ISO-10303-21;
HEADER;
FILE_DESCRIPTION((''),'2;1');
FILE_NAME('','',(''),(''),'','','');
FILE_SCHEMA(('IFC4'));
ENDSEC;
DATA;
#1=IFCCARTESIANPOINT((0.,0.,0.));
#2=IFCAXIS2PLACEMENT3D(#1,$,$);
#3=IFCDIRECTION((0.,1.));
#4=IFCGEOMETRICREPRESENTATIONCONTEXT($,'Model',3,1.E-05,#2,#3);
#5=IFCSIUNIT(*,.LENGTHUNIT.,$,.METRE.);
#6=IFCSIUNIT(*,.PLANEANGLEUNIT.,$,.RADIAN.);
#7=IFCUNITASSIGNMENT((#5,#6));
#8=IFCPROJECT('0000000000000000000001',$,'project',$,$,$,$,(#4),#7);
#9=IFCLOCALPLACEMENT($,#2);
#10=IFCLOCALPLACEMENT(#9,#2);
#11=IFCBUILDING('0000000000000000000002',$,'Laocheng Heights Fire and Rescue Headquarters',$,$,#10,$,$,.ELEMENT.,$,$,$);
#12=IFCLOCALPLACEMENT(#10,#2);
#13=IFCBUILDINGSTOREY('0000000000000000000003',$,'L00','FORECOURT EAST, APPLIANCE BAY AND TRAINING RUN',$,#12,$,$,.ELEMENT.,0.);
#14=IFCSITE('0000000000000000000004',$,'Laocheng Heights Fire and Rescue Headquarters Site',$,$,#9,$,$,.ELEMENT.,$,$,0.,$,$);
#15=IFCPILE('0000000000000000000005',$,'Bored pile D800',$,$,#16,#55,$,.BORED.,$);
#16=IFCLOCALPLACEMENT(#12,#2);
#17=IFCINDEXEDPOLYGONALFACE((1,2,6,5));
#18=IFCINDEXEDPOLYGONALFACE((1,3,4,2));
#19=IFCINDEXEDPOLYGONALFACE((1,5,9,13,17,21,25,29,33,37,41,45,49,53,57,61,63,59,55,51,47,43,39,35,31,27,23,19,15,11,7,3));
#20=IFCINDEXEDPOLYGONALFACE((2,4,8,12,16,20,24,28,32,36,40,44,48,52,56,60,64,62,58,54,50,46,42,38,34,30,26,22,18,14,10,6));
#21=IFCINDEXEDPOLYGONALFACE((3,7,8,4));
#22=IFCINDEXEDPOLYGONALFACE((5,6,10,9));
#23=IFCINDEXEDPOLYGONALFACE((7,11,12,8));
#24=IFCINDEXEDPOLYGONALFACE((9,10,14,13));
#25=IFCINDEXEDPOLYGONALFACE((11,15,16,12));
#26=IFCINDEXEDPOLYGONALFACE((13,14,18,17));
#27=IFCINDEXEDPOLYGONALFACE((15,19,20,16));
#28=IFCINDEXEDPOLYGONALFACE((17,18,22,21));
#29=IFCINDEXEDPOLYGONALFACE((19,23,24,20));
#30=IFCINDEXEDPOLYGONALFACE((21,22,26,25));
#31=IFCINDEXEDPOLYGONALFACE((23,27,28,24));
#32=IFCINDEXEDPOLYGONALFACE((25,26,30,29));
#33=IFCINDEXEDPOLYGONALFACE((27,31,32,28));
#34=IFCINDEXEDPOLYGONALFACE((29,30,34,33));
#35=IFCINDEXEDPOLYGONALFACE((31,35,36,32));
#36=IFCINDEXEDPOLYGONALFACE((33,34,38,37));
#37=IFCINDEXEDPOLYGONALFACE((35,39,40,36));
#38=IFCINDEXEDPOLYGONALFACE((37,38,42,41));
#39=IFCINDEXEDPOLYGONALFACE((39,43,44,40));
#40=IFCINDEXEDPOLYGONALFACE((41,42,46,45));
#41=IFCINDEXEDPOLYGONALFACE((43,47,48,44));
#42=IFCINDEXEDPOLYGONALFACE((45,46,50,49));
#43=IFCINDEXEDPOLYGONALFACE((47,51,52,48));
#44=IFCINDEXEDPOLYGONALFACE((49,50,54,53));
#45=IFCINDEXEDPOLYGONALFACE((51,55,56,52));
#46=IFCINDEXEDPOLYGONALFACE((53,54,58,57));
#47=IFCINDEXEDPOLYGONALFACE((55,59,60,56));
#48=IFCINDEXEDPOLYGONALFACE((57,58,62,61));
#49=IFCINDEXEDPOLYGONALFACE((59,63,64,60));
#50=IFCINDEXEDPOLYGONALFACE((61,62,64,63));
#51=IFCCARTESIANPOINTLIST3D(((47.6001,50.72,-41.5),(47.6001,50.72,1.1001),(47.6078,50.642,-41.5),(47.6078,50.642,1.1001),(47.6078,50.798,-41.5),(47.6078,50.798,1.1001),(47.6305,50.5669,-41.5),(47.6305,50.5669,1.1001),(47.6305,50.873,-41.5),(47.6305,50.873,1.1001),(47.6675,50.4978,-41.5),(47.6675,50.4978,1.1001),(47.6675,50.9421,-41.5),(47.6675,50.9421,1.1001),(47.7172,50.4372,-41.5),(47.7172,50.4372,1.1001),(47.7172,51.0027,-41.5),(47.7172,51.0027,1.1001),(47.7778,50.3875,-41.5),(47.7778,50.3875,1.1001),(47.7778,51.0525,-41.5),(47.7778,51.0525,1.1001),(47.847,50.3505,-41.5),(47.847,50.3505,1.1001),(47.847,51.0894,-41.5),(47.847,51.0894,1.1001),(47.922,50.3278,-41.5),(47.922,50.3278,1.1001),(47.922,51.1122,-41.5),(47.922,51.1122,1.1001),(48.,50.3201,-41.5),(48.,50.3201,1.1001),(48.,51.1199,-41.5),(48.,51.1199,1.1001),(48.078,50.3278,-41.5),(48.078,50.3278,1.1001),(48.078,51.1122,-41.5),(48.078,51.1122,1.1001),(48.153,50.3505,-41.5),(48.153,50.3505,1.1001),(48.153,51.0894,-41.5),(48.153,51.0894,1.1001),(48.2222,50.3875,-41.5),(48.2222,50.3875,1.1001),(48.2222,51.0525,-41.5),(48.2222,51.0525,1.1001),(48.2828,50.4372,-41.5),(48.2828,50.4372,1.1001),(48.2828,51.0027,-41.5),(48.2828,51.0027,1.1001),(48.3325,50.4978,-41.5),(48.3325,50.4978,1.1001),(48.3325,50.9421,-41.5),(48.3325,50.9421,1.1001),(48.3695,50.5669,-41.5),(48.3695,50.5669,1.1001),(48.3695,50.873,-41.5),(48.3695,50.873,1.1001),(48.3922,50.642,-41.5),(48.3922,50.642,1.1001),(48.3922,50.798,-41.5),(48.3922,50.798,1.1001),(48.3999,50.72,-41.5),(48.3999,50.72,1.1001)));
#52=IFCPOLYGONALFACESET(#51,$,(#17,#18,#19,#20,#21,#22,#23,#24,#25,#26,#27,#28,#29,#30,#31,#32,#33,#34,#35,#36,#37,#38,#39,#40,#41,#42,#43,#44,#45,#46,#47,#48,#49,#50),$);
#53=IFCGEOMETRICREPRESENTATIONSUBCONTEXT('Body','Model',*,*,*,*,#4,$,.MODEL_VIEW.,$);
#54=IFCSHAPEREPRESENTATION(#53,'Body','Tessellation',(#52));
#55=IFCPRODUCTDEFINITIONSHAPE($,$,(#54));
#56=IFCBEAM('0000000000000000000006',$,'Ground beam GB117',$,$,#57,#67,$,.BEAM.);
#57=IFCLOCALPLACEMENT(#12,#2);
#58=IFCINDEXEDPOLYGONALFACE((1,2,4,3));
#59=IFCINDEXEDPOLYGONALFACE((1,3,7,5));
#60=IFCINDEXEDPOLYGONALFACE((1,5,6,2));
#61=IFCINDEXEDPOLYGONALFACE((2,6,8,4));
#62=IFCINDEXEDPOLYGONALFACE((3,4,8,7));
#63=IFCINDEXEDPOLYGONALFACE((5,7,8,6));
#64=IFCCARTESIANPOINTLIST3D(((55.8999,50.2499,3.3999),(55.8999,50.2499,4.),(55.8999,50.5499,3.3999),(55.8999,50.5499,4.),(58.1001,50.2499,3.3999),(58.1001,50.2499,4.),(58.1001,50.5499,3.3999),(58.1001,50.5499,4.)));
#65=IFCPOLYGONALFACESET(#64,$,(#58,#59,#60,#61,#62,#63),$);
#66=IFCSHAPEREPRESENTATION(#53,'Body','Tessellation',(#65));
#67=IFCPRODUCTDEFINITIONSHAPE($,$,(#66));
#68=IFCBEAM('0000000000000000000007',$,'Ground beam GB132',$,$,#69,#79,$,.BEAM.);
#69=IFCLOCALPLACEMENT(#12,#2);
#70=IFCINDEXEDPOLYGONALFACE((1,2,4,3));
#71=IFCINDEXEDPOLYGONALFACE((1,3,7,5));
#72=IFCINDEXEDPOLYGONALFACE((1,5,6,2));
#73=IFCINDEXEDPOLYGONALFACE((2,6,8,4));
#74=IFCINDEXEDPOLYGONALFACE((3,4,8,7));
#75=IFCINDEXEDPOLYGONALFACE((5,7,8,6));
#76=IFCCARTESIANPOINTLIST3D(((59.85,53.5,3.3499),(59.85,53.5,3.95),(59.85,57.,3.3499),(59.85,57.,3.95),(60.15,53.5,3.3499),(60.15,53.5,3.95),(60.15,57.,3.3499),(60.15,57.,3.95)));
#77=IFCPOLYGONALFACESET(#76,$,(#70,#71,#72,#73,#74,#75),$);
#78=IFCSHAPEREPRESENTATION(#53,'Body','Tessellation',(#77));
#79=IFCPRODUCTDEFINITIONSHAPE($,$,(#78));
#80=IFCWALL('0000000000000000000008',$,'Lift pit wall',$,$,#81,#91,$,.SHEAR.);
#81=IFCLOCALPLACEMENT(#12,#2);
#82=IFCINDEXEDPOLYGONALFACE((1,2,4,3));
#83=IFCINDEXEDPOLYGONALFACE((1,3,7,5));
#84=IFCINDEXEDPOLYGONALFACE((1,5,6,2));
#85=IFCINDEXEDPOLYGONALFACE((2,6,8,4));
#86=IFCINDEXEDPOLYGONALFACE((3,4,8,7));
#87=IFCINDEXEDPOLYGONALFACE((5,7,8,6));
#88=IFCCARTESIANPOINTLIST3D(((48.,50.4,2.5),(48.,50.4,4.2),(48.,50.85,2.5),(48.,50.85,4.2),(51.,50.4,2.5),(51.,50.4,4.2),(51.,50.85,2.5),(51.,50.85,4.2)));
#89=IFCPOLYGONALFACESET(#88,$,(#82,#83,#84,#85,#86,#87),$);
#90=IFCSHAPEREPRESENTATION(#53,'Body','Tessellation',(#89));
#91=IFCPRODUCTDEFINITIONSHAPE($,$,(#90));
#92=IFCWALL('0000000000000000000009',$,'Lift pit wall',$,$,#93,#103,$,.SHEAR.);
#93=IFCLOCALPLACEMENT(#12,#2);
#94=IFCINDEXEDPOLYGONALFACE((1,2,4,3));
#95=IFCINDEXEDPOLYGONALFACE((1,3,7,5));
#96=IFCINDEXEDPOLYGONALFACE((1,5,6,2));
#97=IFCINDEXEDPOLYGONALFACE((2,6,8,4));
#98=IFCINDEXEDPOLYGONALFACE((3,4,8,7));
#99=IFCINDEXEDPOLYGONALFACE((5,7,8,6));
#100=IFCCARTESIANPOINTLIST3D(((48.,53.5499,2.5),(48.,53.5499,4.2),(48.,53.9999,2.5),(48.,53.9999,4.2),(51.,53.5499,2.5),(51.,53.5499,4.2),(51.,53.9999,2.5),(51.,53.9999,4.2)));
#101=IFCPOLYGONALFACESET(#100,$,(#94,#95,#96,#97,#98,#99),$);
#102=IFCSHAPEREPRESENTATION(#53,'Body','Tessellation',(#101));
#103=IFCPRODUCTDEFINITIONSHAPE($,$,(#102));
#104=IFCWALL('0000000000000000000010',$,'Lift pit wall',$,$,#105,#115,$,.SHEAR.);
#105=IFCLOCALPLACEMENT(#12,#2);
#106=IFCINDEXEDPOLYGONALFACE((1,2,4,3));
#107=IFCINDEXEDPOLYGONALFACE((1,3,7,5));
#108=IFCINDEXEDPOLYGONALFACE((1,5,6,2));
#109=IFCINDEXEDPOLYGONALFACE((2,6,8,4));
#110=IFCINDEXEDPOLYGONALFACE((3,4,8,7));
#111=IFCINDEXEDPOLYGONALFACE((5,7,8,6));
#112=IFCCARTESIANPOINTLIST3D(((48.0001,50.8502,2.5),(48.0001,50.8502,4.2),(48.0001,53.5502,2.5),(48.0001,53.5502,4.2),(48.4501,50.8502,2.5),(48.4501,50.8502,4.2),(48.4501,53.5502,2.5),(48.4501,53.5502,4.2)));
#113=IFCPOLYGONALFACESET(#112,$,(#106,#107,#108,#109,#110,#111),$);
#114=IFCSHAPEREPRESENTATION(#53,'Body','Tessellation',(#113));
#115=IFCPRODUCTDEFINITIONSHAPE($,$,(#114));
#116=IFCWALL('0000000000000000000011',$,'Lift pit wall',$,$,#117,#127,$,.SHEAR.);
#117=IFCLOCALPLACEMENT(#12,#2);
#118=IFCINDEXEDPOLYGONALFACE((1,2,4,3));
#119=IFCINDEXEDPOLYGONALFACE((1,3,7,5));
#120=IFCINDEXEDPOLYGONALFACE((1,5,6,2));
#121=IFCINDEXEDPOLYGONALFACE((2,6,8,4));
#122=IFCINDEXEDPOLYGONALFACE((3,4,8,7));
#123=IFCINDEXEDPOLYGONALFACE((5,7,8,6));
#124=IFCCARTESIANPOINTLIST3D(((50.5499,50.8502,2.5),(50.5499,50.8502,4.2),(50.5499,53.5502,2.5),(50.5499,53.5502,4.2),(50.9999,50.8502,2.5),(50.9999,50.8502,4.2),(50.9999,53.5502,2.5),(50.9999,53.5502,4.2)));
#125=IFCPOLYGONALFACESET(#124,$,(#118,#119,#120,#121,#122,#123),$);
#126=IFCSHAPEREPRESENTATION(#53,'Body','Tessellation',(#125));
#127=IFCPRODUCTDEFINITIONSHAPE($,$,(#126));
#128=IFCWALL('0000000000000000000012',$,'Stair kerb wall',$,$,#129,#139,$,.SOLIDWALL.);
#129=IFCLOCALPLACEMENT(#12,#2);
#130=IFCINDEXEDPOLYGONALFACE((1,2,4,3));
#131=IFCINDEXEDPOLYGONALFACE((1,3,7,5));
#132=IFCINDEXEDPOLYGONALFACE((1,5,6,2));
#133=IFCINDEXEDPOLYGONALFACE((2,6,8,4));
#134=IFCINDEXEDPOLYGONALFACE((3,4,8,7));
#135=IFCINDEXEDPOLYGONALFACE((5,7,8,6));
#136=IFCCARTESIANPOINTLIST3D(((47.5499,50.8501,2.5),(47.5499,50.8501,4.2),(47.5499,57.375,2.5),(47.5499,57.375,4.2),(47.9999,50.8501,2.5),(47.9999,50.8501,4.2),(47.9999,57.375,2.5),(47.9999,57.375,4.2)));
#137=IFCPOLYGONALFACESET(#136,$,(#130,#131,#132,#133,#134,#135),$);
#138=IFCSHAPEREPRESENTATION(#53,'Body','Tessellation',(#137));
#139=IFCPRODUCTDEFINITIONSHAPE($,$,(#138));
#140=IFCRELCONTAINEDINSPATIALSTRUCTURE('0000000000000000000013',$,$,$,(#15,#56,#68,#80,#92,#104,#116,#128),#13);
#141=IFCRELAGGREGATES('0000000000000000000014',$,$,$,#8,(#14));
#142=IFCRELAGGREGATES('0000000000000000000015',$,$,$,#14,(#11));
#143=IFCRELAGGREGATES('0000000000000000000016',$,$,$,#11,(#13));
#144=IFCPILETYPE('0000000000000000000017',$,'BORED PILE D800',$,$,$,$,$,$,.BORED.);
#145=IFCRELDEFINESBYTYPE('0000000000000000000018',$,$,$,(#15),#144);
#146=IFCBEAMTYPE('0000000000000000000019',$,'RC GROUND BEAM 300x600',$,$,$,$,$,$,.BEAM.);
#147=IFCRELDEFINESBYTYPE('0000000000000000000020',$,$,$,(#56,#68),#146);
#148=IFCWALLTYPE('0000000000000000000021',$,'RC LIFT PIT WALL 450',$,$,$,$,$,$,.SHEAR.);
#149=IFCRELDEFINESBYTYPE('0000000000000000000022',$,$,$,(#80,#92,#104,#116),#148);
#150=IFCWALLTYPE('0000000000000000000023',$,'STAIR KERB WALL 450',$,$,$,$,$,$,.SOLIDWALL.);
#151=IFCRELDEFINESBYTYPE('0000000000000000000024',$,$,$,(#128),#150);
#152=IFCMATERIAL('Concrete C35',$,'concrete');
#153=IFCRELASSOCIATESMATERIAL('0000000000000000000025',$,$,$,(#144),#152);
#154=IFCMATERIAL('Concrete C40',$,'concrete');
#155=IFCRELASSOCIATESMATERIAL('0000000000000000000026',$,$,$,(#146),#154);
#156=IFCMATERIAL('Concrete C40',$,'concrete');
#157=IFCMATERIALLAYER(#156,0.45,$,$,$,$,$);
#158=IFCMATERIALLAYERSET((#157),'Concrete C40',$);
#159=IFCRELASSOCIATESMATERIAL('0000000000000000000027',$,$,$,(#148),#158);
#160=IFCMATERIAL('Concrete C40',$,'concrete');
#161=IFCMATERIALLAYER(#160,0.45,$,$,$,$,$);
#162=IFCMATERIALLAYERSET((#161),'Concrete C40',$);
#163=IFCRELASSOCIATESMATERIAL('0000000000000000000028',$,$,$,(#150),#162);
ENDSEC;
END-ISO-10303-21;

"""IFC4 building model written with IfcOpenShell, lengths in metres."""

from ifc_helpers import new_model, si_unit, direction, frame, frame_2d, origin, origin_2d, place, context, subcontext, project, spatial, rectangle, circle, extrude, material, layer, layer_set, material_profile, profile_set, type_object, element, save


model = new_model("IFC4")

# Units and contexts
model_context = context("Model", 3, precision=1e-05, world=origin(), true_north=direction((0.0, 1.0)))
body_context = subcontext(model_context, "Body", "Model", "MODEL_VIEW")
ifc_project = project(units=[si_unit("LENGTHUNIT", "METRE"), si_unit("PLANEANGLEUNIT", "RADIAN")], contexts=[model_context])

# Site, building, storey
site_placement = place(None, origin())
site = spatial("IfcSite", under=ifc_project, at=site_placement, Name="Laocheng Heights Fire and Rescue Headquarters Site", CompositionType="ELEMENT", RefElevation=0.0)
building_placement = place(site_placement, origin())
building = spatial("IfcBuilding", under=site, at=building_placement, Name="Laocheng Heights Fire and Rescue Headquarters", CompositionType="ELEMENT")
storey_placement = place(building_placement, origin())
storey = spatial("IfcBuildingStorey", under=building, at=storey_placement, Name="L00", Description="FORECOURT EAST, APPLIANCE BAY AND TRAINING RUN", CompositionType="ELEMENT", Elevation=0.0)

# Pile
ifc_material_1 = material(Name="Concrete C35", Category="concrete")
ifc_material_profile_1 = material_profile(ifc_material_1, circle(Radius=0.3999, at=origin_2d()), Name="BORED PILE D800")
ifc_profile_set_1 = profile_set([ifc_material_profile_1], Name="Concrete C35")
pile_type = type_object("IfcPileType", Name="BORED PILE D800", PredefinedType="BORED", material=ifc_profile_set_1)
for number, where, z_axis, x_axis, name in (
    (1, (48.0, 50.72, 1.1001), (0.0, 0.0, -1.0), (1.0, 0.0, 0.0), "Bored pile D800"),
):
    element("IfcPile", number, at=place(storey_placement, frame(where, z_axis=z_axis, x_axis=x_axis)), inside=storey, type_object=pile_type, Name=name, PredefinedType="BORED", context=body_context, shape_type="SweptSolid", body=[
        extrude(circle(Radius=0.3999, at=origin_2d()), origin(), (0.0, 0.0, 1.0), 42.6001),
    ])

# Beams
ifc_material_2 = material(Name="Concrete C40", Category="concrete")
ifc_material_profile_2 = material_profile(ifc_material_2, rectangle(XDim=0.3, YDim=0.6001, at=origin_2d()), Name="RC GROUND BEAM 300x600")
ifc_profile_set_2 = profile_set([ifc_material_profile_2], Name="Concrete C40")
beam_type = type_object("IfcBeamType", Name="RC GROUND BEAM 300x600", PredefinedType="BEAM", material=ifc_profile_set_2)
beam_1_placement = place(storey_placement, frame((55.8999, 50.3999, 3.7), z_axis=(1.0, 0.0, 0.0), x_axis=(0.0, 1.0, 0.0)))
element("IfcBeam", 2, at=beam_1_placement, inside=storey, type_object=beam_type, Name="Ground beam GB117", PredefinedType="BEAM", context=body_context, shape_type="SweptSolid", body=[
    extrude(rectangle(XDim=0.3, YDim=0.6001, at=origin_2d()), origin(), (0.0, 0.0, 1.0), 2.2002),
])
beam_2_placement = place(storey_placement, frame((60.0, 53.5, 3.6499), z_axis=(0.0, 1.0, 0.0), x_axis=(-1.0, 0.0, 0.0)))
element("IfcBeam", 3, at=beam_2_placement, inside=storey, type_object=beam_type, Name="Ground beam GB132", PredefinedType="BEAM", context=body_context, shape_type="SweptSolid", body=[
    extrude(rectangle(XDim=0.3, YDim=0.6001, at=origin_2d()), origin(), (0.0, 0.0, 1.0), 3.5),
])

# Walls
ifc_material_3 = material(Name="Concrete C40", Category="concrete")
ifc_layer_1 = layer(ifc_material_3, 0.45)
ifc_layer_set_1 = layer_set([ifc_layer_1], Name="Concrete C40")
wall_type_1 = type_object("IfcWallType", Name="RC LIFT PIT WALL 450", PredefinedType="SHEAR", material=ifc_layer_set_1)
for number, where, z_axis, x_axis, name in (
    (4, (48.0, 50.625, 2.5), (0.0, 0.0, 1.0), (1.0, 0.0, 0.0), "Lift pit wall"),
    (5, (48.0, 53.7749, 2.5), (0.0, 0.0, 1.0), (1.0, 0.0, 0.0), "Lift pit wall"),
):
    element("IfcWall", number, at=place(storey_placement, frame(where, z_axis=z_axis, x_axis=x_axis)), inside=storey, type_object=wall_type_1, Name=name, PredefinedType="SHEAR", context=body_context, shape_type="SweptSolid", body=[
        extrude(rectangle(XDim=3.0, YDim=0.45, at=frame_2d((1.5, 0.0))), origin(), (0.0, 0.0, 1.0), 1.7),
    ])
for number, where, z_axis, x_axis, name in (
    (6, (48.2251, 50.8501, 2.5), (0.0, 0.0, 1.0), (0.0, 1.0, 0.0), "Lift pit wall"),
    (7, (50.7749, 50.8501, 2.5), (0.0, 0.0, 1.0), (0.0, 1.0, 0.0), "Lift pit wall"),
):
    element("IfcWall", number, at=place(storey_placement, frame(where, z_axis=z_axis, x_axis=x_axis)), inside=storey, type_object=wall_type_1, Name=name, PredefinedType="SHEAR", context=body_context, shape_type="SweptSolid", body=[
        extrude(rectangle(XDim=2.7, YDim=0.45, at=frame_2d((1.3501, 0.0))), origin(), (0.0, 0.0, 1.0), 1.7),
    ])
ifc_material_4 = material(Name="Concrete C40", Category="concrete")
ifc_layer_2 = layer(ifc_material_4, 0.45)
ifc_layer_set_2 = layer_set([ifc_layer_2], Name="Concrete C40")
wall_type_2 = type_object("IfcWallType", Name="STAIR KERB WALL 450", PredefinedType="SOLIDWALL", material=ifc_layer_set_2)
wall_placement = place(storey_placement, frame((47.7749, 50.8501, 2.5), z_axis=(0.0, 0.0, 1.0), x_axis=(0.0, 1.0, 0.0)))
element("IfcWall", 8, at=wall_placement, inside=storey, type_object=wall_type_2, Name="Stair kerb wall", PredefinedType="SOLIDWALL", context=body_context, shape_type="SweptSolid", body=[
    extrude(rectangle(XDim=6.5249, YDim=0.45, at=frame_2d((3.2625, 0.0))), origin(), (0.0, 0.0, 1.0), 1.7),
])

save(model, "model.ifc")
